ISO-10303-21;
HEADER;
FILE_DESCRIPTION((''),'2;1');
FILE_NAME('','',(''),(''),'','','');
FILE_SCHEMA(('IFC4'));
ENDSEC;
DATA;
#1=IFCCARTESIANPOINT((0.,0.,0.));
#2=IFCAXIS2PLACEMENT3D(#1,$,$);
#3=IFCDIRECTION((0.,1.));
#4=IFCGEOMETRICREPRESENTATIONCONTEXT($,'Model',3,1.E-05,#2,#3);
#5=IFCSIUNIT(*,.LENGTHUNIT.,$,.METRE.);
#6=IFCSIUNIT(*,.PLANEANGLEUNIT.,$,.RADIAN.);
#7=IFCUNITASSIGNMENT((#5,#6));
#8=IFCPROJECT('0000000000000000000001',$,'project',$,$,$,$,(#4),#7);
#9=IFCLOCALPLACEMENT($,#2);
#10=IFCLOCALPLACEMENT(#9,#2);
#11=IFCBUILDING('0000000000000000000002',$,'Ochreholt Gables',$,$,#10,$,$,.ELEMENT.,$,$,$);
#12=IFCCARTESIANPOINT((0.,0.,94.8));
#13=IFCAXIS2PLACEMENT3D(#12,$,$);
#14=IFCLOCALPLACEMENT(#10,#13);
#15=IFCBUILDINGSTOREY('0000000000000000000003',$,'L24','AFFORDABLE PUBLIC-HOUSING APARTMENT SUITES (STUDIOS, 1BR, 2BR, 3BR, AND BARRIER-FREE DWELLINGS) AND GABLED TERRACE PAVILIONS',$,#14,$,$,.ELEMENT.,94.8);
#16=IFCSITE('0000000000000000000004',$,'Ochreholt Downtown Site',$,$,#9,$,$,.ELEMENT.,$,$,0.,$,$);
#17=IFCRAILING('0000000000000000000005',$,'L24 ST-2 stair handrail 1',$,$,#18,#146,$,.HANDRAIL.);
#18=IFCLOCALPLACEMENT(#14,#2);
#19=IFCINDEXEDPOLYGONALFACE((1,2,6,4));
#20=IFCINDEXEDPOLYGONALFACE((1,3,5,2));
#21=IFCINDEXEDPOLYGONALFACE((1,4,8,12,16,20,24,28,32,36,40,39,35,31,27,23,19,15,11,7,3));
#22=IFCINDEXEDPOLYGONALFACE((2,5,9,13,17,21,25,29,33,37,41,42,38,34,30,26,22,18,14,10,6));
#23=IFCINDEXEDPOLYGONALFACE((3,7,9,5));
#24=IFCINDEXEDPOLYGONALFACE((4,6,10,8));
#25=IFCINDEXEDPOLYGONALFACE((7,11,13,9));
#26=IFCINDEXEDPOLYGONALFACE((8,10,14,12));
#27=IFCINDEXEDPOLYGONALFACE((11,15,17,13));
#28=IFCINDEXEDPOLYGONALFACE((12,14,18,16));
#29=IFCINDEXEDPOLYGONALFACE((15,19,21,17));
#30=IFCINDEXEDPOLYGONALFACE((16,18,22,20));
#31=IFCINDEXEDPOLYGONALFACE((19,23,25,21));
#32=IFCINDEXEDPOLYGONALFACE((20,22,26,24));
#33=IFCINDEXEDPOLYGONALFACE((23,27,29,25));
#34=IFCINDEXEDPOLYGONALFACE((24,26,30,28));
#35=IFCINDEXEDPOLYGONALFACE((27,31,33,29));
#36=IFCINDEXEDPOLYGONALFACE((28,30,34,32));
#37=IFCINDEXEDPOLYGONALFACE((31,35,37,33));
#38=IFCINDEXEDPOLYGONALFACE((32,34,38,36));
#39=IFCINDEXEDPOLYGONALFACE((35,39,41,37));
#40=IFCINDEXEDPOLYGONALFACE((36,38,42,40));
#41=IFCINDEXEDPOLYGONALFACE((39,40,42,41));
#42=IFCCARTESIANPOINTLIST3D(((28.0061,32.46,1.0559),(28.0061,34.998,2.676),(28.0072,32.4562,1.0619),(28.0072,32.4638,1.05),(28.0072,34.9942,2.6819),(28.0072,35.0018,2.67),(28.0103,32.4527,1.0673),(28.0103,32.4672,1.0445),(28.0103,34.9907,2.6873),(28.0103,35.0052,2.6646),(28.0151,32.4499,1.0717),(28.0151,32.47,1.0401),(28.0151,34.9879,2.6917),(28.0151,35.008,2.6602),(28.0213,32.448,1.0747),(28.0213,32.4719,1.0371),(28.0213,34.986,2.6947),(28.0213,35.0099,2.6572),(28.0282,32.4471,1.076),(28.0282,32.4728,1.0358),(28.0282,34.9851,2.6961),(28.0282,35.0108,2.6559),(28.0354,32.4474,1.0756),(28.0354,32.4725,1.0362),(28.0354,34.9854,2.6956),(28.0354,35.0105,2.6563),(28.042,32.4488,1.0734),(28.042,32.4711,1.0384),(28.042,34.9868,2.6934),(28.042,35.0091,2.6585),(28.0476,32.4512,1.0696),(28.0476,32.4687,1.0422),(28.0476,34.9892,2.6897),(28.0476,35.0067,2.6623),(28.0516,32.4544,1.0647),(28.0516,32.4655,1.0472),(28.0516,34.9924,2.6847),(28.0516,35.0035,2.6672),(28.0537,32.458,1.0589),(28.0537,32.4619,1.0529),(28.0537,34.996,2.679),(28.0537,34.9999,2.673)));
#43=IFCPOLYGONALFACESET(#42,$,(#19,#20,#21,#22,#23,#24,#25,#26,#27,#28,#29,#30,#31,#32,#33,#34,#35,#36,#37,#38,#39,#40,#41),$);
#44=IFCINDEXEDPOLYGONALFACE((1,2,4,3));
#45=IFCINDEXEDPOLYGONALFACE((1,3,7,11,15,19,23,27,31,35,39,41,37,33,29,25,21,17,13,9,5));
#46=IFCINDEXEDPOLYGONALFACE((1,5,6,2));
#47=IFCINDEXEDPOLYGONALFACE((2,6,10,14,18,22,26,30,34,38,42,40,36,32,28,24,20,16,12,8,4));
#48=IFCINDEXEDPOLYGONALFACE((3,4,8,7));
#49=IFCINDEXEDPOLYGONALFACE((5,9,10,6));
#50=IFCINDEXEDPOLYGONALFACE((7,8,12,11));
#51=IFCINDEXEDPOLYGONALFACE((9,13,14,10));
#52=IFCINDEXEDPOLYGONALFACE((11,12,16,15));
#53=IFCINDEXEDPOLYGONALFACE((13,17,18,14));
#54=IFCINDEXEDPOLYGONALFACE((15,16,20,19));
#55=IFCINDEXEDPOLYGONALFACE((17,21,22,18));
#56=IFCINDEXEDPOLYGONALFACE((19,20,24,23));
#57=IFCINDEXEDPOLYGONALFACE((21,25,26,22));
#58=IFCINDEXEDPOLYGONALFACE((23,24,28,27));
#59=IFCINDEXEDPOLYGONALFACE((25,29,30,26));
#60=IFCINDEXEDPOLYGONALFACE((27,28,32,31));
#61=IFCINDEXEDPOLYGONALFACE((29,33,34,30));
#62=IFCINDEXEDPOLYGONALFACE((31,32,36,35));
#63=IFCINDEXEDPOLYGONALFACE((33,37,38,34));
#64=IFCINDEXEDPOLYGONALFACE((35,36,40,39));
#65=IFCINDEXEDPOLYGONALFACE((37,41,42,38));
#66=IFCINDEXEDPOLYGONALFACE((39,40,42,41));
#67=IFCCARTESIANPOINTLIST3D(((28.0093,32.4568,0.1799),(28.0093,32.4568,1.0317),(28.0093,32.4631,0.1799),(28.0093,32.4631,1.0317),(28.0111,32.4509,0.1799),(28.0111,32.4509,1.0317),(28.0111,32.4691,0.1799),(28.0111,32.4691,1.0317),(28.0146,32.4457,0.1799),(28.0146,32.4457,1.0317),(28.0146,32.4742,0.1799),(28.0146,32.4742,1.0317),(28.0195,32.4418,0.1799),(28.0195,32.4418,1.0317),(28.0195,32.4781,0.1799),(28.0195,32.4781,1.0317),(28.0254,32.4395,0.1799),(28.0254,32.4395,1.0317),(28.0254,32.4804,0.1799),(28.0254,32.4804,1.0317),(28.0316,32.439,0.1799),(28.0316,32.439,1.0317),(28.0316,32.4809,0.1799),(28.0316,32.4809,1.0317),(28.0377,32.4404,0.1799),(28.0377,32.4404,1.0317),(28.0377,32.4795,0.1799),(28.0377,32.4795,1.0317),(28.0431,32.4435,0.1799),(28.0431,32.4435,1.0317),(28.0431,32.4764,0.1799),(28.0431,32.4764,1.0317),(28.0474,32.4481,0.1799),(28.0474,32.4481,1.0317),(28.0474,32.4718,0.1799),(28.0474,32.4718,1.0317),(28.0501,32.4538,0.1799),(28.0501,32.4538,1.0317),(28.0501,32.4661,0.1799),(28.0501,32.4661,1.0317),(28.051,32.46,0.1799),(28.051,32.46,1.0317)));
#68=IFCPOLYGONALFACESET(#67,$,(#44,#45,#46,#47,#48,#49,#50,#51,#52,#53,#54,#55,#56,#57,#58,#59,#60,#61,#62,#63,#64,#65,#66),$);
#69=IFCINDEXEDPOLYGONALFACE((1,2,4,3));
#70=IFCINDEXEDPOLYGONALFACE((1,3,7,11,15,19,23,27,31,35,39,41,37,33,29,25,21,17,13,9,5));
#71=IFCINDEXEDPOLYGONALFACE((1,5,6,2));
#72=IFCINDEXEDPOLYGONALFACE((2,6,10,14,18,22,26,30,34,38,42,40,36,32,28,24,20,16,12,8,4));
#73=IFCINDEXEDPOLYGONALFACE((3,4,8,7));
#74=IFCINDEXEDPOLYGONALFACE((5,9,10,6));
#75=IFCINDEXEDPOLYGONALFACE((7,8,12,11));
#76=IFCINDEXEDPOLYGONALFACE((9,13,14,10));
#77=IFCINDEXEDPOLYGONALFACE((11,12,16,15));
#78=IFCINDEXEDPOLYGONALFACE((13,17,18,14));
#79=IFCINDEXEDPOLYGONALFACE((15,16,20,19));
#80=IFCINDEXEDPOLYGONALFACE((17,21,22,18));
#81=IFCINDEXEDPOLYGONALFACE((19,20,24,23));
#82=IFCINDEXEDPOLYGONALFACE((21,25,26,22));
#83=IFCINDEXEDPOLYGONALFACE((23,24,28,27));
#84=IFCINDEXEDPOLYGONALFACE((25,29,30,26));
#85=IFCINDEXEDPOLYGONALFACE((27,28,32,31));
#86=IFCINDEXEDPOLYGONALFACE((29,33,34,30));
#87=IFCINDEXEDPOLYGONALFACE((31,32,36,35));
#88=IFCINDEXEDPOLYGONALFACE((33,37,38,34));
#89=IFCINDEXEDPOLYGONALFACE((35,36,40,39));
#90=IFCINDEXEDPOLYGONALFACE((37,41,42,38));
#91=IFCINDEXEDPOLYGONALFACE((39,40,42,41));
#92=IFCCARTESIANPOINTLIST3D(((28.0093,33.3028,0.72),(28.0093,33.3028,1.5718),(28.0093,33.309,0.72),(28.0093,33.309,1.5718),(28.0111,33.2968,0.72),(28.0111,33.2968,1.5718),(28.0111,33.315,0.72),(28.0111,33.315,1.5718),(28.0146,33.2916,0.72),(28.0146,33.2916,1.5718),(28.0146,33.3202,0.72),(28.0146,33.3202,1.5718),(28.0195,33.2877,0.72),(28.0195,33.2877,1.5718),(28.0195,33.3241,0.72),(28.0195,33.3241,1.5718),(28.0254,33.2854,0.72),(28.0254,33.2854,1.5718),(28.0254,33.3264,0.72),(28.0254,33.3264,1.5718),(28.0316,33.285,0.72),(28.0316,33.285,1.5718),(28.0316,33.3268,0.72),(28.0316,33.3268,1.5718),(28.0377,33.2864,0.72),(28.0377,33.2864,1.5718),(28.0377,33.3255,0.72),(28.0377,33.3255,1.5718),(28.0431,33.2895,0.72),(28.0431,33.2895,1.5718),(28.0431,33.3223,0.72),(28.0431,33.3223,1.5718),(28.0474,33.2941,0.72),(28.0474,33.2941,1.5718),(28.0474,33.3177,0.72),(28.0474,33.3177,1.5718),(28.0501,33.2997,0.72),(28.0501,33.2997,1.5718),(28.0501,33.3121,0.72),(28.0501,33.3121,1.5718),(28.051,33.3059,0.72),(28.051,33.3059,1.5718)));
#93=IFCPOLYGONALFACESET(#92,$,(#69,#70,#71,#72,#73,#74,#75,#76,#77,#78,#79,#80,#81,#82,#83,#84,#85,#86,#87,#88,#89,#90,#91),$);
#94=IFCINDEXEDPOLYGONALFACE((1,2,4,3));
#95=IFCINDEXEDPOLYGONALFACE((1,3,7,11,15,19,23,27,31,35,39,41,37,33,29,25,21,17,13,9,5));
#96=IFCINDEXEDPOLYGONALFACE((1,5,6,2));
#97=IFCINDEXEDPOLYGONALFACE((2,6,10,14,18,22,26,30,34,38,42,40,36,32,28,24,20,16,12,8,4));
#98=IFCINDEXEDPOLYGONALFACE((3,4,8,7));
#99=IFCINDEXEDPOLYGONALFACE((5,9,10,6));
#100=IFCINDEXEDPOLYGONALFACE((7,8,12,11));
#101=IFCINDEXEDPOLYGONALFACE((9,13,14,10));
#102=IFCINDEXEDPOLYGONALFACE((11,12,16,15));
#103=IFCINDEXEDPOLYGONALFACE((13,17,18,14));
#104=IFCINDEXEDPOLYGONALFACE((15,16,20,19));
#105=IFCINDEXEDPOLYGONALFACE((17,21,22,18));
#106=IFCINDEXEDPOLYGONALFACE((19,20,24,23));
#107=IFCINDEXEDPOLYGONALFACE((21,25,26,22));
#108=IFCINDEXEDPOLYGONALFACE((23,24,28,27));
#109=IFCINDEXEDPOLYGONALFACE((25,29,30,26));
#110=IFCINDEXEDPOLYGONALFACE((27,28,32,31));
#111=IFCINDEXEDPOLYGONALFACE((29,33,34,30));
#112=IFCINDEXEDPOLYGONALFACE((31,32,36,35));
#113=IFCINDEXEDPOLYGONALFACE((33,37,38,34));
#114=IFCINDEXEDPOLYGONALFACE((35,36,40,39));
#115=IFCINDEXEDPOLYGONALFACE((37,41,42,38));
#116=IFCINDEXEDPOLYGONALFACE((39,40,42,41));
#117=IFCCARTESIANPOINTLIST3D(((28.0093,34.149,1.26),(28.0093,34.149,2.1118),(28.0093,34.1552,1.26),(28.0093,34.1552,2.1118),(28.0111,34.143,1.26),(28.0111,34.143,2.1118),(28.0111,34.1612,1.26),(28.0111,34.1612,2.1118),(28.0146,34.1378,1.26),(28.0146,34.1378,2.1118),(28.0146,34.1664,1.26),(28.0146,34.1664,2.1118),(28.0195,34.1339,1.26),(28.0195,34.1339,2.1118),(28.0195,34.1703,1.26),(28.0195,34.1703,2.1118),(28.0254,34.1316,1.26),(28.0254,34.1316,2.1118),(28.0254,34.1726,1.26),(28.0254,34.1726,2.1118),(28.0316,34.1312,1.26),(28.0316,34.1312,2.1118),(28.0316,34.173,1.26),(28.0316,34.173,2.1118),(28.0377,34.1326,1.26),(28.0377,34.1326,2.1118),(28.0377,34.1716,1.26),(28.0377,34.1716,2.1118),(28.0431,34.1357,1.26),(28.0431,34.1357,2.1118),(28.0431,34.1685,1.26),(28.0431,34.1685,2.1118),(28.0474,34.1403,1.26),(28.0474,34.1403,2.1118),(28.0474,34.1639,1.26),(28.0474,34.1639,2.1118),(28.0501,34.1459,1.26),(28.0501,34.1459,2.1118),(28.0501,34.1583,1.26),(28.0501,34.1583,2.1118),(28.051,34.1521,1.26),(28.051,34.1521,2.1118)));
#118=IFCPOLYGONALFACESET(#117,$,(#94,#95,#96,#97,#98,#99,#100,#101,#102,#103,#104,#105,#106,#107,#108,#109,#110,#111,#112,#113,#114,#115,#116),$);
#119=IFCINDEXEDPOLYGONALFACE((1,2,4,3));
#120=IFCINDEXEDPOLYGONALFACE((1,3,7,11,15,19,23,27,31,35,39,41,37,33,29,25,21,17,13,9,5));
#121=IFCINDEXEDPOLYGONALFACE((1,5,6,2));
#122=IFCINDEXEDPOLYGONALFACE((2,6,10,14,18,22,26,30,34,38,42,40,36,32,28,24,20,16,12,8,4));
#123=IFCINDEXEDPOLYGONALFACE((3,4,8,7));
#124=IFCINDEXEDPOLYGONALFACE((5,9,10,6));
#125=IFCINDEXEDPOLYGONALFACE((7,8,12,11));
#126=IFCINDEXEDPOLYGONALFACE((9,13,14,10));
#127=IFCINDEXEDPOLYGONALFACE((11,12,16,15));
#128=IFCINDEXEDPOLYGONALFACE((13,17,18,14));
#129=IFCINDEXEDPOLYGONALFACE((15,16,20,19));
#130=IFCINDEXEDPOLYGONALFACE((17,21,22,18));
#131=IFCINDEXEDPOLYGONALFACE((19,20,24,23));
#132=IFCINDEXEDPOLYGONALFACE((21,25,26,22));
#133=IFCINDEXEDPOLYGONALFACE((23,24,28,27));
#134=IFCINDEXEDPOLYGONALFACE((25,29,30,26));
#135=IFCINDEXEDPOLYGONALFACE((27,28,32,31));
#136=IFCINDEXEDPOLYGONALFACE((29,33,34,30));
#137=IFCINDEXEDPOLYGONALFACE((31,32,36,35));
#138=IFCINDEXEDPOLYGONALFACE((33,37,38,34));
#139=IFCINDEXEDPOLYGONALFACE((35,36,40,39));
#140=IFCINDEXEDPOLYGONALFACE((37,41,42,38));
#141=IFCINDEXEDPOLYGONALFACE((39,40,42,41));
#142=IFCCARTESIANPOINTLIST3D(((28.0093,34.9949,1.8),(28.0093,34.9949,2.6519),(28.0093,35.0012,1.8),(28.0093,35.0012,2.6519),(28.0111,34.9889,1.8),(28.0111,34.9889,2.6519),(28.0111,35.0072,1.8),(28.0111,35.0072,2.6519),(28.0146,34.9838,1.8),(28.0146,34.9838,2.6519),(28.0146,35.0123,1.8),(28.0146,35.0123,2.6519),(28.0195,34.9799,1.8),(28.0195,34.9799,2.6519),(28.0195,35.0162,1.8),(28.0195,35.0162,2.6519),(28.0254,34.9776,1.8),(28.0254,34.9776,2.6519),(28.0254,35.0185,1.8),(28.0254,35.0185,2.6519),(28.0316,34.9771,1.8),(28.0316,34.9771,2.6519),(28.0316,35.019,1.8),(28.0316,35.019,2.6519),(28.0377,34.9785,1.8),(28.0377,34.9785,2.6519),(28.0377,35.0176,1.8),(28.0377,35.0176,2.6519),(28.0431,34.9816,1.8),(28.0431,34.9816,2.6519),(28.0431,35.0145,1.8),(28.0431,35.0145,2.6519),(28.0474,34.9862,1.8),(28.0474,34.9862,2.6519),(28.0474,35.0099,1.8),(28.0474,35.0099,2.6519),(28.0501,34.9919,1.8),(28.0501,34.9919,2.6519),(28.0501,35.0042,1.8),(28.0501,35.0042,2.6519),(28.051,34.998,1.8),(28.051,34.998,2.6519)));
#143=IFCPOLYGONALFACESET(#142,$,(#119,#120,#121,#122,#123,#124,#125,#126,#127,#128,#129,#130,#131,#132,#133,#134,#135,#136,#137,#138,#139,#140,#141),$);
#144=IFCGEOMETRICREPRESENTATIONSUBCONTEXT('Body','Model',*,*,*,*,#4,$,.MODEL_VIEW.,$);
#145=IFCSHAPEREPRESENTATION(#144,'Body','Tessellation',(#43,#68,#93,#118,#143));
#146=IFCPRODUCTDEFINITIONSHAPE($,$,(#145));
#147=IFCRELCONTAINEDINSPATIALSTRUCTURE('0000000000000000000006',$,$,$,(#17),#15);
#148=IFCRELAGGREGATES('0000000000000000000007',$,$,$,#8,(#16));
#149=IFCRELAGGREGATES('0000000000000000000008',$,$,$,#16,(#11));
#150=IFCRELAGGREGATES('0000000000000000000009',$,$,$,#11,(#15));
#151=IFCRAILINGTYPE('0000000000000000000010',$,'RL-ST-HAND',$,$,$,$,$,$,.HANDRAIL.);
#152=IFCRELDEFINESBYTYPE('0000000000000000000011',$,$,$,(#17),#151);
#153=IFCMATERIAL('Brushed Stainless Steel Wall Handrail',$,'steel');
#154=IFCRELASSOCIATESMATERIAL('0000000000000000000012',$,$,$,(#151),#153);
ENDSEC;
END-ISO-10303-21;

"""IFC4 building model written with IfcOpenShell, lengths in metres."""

from ifc_helpers import new_model, si_unit, direction, frame, origin, origin_2d, place, context, subcontext, project, spatial, circle, extrude, material, type_object, element, save


model = new_model("IFC4")

# Units and contexts
model_context = context("Model", 3, precision=1e-05, world=origin(), true_north=direction((0.0, 1.0)))
body_context = subcontext(model_context, "Body", "Model", "MODEL_VIEW")
ifc_project = project(units=[si_unit("LENGTHUNIT", "METRE"), si_unit("PLANEANGLEUNIT", "RADIAN")], contexts=[model_context])

# Site, building, storey
site_placement = place(None, origin())
site = spatial("IfcSite", under=ifc_project, at=site_placement, Name="Ochreholt Downtown Site", CompositionType="ELEMENT", RefElevation=0.0)
building_placement = place(site_placement, origin())
building = spatial("IfcBuilding", under=site, at=building_placement, Name="Ochreholt Gables", CompositionType="ELEMENT")
storey_placement = place(building_placement, frame((0.0, 0.0, 94.8)))
storey = spatial("IfcBuildingStorey", under=building, at=storey_placement, Name="L24", Description="AFFORDABLE PUBLIC-HOUSING APARTMENT SUITES (STUDIOS, 1BR, 2BR, 3BR, AND BARRIER-FREE DWELLINGS) AND GABLED TERRACE PAVILIONS", CompositionType="ELEMENT", Elevation=94.8)

# Railing
ifc_material_1 = material(Name="Brushed Stainless Steel Wall Handrail", Category="steel")
railing_type_1 = type_object("IfcRailingType", Name="RL-ST-HAND", PredefinedType="HANDRAIL", material=ifc_material_1)
railing_1_placement = place(storey_placement, frame((28.03, 32.46, 0.1799)))
element("IfcRailing", 1, at=railing_1_placement, inside=storey, type_object=railing_type_1, Name="L24 ST-2 stair handrail 1", PredefinedType="HANDRAIL", context=body_context, shape_type="SweptSolid", body=[
    extrude(circle(Radius=0.0239, at=origin_2d()), frame((0.0, 0.0, 0.876), z_axis=(0.0, 0.842913, 0.53805), x_axis=(-1.0, 0.0, 0.0)), (0.0, 0.0, 1.0), 3.011),
    extrude(circle(Radius=0.021, at=origin_2d()), origin(), (0.0, 0.0, 1.0), 0.8518),
    extrude(circle(Radius=0.021, at=origin_2d()), frame((0.0, 0.8459, 0.54)), (0.0, 0.0, 1.0), 0.8518),
    extrude(circle(Radius=0.021, at=origin_2d()), frame((0.0, 1.6921, 1.0801)), (0.0, 0.0, 1.0), 0.8518),
    extrude(circle(Radius=0.021, at=origin_2d()), frame((0.0, 2.5381, 1.6201)), (0.0, 0.0, 1.0), 0.8518),
])

save(model, "model.ifc")
